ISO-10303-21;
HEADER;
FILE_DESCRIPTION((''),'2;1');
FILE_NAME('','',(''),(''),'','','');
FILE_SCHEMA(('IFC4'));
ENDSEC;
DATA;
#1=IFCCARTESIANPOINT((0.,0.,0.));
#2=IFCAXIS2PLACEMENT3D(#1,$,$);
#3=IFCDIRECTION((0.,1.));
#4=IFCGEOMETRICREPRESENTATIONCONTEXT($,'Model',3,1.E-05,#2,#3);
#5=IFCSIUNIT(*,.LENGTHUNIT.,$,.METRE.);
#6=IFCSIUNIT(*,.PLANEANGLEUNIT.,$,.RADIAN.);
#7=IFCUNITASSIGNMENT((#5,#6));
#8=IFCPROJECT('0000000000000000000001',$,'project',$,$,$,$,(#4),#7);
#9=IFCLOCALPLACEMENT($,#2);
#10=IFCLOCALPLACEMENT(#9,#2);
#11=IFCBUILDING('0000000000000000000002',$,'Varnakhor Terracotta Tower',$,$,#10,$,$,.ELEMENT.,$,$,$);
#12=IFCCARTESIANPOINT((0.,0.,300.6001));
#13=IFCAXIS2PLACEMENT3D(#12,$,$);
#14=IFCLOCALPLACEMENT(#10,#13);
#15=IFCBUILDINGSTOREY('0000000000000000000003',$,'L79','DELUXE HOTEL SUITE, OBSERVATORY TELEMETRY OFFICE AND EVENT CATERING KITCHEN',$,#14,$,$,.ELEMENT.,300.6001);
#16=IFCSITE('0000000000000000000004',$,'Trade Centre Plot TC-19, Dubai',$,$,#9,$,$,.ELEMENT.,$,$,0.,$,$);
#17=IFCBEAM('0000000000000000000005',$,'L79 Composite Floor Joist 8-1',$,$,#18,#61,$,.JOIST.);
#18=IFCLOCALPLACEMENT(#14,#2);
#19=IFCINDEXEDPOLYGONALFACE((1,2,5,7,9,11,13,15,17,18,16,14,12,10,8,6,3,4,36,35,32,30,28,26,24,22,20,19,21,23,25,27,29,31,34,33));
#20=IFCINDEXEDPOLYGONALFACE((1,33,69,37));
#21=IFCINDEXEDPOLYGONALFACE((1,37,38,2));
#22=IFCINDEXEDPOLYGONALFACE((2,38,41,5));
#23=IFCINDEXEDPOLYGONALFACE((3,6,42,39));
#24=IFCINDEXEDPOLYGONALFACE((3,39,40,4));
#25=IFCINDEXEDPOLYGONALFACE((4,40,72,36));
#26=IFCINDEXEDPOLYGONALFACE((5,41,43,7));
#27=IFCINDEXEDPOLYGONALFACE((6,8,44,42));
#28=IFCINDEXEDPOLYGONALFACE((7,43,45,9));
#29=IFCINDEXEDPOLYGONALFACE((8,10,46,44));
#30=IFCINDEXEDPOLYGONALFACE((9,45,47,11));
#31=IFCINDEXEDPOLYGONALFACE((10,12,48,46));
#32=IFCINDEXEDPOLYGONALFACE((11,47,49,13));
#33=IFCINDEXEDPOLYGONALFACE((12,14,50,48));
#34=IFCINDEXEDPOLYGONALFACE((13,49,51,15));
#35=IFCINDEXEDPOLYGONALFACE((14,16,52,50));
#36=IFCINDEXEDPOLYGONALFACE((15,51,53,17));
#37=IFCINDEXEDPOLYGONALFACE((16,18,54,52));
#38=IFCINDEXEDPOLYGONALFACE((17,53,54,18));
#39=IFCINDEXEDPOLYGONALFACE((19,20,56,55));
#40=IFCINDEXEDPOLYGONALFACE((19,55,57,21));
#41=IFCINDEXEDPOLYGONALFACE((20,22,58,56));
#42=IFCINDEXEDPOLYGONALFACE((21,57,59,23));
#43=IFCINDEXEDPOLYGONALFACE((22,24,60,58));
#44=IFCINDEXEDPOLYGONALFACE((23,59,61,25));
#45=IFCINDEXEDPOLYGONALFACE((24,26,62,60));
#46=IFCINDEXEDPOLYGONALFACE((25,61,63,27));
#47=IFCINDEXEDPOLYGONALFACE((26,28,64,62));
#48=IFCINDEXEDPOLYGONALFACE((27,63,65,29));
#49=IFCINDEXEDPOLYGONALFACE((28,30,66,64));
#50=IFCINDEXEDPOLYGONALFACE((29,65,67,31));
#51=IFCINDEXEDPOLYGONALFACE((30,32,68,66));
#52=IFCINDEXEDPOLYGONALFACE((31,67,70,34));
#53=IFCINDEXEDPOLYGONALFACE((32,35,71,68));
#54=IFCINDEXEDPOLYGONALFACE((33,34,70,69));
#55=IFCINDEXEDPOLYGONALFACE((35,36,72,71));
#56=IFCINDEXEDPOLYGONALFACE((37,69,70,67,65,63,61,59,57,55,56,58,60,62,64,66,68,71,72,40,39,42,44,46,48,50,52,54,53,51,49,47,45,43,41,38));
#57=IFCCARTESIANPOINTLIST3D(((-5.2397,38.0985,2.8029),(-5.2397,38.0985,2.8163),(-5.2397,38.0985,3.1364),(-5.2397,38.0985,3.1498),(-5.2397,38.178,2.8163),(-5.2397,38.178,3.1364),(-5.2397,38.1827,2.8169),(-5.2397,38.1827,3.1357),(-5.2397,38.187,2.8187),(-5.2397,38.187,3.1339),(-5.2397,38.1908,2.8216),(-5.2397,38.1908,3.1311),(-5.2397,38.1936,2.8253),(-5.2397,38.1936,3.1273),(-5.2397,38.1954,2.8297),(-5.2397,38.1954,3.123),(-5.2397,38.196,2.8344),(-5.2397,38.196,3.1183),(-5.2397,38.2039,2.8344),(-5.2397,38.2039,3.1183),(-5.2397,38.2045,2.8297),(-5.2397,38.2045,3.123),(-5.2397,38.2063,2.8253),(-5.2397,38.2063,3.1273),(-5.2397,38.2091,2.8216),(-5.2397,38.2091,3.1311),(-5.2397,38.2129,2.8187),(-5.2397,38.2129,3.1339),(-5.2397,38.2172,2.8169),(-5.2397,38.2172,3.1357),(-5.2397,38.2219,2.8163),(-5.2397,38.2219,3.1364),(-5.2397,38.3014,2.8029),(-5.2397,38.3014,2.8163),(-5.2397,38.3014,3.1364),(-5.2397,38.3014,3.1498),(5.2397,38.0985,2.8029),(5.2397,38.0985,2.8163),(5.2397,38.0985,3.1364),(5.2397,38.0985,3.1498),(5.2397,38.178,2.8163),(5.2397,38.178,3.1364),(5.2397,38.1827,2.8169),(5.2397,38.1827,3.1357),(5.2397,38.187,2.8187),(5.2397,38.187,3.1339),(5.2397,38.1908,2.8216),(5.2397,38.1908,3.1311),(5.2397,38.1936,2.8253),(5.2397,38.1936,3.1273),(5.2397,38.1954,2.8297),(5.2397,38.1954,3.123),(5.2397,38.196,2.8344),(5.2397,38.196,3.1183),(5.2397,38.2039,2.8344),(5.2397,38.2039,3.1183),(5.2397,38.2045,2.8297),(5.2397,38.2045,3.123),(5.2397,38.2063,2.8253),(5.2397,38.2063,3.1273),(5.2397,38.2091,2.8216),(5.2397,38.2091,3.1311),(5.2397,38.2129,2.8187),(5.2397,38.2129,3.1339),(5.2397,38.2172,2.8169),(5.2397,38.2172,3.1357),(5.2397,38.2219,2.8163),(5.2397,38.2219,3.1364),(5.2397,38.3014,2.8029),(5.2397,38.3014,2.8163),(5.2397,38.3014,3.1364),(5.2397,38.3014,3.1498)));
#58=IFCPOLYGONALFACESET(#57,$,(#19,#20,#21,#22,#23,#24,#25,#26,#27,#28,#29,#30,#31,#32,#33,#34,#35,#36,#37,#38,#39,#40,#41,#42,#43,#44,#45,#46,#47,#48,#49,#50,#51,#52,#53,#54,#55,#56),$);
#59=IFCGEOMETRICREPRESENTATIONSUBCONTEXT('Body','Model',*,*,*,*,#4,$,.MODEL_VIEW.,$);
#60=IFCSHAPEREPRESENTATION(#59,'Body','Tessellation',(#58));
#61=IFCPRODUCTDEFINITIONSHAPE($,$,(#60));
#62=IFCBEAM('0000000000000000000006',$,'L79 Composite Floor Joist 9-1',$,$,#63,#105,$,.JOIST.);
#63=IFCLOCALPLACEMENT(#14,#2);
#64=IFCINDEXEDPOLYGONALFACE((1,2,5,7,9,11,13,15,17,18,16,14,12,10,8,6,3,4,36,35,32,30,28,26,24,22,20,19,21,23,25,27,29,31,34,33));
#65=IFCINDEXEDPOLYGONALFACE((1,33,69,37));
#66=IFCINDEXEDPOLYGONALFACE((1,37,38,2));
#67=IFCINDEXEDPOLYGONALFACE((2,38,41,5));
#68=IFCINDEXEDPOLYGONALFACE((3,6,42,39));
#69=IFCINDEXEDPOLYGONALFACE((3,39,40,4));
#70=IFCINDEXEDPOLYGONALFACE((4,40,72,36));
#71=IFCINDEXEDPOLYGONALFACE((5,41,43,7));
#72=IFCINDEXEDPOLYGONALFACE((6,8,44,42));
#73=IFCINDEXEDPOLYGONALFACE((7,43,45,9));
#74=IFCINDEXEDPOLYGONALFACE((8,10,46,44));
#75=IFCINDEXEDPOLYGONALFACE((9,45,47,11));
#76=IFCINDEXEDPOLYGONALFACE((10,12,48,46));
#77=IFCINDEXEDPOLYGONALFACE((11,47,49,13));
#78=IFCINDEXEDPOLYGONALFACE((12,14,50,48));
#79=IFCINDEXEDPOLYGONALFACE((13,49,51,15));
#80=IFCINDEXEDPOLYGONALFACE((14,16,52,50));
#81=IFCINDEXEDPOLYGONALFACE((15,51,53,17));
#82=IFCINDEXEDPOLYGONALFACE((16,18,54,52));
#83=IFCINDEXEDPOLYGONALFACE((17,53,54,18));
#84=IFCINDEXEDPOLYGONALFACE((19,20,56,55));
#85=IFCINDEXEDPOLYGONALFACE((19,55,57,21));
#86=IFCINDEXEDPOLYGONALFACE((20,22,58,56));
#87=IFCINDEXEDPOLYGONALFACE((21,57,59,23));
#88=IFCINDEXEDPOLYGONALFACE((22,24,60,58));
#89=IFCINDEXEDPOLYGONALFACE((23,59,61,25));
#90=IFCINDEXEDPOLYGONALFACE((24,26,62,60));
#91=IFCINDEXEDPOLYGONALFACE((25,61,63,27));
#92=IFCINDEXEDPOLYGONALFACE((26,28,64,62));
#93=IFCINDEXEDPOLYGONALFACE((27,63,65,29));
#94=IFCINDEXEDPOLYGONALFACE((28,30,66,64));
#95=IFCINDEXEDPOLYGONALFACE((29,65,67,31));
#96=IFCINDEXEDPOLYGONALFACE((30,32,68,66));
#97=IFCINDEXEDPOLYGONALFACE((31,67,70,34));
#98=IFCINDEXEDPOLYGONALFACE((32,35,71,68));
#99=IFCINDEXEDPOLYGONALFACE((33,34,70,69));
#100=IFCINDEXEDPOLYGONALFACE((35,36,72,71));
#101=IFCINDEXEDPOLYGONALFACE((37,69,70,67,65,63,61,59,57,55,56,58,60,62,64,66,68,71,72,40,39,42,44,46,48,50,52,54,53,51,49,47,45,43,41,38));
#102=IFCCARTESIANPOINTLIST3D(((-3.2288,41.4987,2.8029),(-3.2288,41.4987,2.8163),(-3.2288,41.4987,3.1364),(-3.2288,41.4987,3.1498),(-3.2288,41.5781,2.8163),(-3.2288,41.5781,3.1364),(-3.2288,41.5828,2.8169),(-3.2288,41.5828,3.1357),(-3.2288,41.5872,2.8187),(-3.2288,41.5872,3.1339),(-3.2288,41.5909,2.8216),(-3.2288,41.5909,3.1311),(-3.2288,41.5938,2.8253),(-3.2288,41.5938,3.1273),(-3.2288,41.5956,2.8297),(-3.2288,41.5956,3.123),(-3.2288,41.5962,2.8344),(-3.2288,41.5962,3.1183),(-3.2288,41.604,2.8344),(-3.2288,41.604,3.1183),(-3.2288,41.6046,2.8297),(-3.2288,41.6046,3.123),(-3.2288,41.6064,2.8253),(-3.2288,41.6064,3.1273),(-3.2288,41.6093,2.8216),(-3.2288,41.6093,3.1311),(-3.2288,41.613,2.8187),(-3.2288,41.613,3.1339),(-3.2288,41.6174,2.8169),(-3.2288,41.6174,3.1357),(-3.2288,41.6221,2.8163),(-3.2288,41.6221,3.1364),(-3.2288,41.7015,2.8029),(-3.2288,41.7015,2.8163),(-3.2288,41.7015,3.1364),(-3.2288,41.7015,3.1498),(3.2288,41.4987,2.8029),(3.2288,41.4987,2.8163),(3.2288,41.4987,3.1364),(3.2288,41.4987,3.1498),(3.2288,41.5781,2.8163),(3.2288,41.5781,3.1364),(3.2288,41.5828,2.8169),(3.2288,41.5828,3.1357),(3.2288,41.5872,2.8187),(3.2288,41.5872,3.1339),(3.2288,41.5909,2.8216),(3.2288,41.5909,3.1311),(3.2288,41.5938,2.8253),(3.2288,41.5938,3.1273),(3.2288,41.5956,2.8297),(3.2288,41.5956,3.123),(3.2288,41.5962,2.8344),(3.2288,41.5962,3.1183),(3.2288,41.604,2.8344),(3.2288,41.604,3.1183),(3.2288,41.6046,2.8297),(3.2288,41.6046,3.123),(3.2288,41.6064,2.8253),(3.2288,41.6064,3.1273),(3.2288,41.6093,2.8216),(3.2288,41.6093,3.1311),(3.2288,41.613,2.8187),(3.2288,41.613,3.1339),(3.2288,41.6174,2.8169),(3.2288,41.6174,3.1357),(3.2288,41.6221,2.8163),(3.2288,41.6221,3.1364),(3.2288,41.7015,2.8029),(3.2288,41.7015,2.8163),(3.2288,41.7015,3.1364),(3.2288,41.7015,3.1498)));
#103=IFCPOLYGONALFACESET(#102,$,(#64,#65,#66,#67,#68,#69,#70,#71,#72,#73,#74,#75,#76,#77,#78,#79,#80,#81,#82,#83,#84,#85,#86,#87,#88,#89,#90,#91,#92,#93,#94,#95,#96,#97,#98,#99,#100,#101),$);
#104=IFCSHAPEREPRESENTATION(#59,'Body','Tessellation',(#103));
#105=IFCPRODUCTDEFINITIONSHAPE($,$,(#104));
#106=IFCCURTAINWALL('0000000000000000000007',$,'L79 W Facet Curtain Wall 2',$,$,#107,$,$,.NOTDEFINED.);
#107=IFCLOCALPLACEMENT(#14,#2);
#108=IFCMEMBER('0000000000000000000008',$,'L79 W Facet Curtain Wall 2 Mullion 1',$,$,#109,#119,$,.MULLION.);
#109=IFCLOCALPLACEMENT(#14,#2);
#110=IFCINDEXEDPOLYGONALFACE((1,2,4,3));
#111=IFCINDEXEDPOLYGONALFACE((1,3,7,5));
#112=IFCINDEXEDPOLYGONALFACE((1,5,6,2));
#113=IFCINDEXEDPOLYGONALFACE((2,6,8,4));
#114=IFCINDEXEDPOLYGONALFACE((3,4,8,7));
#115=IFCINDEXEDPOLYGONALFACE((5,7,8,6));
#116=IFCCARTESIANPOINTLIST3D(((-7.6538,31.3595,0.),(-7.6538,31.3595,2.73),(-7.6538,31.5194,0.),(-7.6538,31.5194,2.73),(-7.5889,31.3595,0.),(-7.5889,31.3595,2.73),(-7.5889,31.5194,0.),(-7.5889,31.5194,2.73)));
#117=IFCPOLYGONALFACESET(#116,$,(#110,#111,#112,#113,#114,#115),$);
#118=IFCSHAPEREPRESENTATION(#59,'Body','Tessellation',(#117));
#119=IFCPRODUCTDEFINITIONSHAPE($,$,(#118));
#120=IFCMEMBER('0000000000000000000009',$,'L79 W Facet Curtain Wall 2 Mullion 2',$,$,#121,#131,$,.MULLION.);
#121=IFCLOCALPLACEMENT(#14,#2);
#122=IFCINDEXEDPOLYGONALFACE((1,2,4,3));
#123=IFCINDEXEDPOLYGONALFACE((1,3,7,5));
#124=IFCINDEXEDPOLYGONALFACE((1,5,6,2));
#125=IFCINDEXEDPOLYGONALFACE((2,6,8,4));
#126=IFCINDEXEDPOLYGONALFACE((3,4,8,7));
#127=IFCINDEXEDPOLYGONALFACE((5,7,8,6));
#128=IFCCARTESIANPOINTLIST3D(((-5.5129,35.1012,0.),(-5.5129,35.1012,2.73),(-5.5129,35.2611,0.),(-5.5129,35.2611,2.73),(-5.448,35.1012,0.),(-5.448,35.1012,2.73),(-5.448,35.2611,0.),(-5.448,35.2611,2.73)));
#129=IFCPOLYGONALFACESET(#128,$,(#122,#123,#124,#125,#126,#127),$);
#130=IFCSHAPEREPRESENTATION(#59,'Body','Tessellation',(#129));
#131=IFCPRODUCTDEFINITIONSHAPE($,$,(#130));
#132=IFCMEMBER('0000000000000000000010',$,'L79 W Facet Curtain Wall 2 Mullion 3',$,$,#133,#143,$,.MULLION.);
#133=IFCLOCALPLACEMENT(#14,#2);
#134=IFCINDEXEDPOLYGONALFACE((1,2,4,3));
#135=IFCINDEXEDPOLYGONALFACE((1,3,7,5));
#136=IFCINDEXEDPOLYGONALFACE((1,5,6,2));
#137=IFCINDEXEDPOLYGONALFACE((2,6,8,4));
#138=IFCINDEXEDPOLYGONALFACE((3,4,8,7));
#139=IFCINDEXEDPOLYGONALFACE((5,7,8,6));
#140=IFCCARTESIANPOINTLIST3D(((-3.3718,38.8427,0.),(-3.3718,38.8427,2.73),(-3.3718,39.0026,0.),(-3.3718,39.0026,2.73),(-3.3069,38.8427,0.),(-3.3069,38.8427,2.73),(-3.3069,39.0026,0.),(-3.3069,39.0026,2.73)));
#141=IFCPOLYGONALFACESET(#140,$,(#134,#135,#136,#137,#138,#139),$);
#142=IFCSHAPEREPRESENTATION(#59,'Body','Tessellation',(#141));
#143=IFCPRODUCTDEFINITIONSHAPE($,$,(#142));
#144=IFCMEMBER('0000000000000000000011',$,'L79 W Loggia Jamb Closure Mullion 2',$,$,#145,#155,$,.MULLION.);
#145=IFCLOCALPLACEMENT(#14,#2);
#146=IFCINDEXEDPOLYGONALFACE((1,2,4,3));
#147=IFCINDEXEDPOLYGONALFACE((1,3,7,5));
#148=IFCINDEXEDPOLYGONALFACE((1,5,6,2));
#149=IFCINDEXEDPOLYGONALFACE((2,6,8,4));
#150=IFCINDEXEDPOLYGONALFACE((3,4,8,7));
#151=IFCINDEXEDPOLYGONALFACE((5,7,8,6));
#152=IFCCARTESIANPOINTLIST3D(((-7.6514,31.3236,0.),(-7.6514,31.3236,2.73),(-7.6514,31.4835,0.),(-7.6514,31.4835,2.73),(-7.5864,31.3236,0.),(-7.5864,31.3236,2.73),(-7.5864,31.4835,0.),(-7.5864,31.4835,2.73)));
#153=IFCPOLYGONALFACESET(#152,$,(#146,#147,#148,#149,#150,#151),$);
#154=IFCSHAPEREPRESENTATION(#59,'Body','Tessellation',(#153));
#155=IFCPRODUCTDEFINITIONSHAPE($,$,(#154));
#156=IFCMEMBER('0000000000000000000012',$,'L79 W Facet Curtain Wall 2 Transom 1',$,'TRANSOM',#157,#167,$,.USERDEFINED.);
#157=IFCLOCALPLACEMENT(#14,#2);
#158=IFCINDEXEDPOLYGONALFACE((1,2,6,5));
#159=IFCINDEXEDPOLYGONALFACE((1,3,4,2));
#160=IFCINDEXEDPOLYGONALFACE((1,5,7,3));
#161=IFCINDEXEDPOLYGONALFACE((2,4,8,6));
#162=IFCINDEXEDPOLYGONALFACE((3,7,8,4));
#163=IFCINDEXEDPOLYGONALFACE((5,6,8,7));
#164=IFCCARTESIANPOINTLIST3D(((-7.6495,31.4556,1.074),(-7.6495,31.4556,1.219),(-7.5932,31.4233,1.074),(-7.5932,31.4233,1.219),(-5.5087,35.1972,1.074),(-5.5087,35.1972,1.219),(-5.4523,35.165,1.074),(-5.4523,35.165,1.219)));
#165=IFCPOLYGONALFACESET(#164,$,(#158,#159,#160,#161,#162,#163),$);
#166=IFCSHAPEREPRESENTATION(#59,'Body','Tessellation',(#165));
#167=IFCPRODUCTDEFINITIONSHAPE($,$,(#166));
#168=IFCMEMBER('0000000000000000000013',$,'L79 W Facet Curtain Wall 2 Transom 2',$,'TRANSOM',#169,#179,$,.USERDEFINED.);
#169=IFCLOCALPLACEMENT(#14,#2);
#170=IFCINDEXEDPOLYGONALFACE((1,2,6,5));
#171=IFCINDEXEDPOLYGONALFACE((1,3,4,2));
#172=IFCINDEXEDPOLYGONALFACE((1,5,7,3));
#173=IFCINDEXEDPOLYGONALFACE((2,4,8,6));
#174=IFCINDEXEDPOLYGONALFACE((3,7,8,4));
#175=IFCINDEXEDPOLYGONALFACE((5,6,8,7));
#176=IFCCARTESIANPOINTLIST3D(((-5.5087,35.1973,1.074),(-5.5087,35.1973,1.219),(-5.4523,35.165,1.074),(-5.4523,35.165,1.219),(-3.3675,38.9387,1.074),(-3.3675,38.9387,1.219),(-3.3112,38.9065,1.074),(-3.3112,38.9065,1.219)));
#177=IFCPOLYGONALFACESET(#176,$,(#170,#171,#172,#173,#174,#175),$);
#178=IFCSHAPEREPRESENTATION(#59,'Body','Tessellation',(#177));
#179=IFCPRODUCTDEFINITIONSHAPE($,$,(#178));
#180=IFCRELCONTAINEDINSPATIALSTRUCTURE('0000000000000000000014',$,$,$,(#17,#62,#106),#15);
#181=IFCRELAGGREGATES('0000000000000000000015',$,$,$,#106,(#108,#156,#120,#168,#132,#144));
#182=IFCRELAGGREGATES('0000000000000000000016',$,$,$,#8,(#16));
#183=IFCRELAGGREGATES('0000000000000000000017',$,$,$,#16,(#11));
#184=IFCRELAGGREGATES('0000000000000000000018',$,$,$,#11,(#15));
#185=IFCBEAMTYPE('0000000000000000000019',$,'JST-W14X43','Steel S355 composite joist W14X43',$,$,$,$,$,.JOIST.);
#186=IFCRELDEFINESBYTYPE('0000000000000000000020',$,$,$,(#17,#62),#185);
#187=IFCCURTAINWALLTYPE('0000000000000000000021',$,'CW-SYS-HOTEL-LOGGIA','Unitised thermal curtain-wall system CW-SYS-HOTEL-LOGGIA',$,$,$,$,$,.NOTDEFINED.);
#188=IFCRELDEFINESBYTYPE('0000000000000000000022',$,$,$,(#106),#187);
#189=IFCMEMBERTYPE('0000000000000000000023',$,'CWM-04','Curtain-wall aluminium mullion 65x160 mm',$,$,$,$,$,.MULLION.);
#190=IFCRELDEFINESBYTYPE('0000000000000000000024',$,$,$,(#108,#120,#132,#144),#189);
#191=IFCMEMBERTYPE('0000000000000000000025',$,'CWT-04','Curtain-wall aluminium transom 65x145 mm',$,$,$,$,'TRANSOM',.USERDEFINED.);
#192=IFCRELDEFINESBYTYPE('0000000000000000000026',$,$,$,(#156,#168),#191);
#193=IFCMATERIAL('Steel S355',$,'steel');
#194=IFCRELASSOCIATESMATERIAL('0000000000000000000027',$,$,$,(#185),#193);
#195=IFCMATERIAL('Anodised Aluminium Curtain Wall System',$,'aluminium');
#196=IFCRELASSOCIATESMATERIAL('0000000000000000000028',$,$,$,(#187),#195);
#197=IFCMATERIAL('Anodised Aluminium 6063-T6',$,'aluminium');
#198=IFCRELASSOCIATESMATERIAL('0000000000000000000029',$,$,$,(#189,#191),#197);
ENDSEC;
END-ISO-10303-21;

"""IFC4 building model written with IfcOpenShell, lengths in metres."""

from ifc_helpers import new_model, si_unit, direction, frame, origin, origin_2d, place, context, subcontext, project, spatial, rectangle, i_section, extrude, source, transform, mapped, material, material_profile, profile_set, type_object, element, aggregate, save


model = new_model("IFC4")

# Units and contexts
model_context = context("Model", 3, precision=1e-05, world=origin(), true_north=direction((0.0, 1.0)))
body_context = subcontext(model_context, "Body", "Model", "MODEL_VIEW")
ifc_project = project(units=[si_unit("LENGTHUNIT", "METRE"), si_unit("PLANEANGLEUNIT", "RADIAN")], contexts=[model_context])

# Site, building, storey
site_placement = place(None, origin())
site = spatial("IfcSite", under=ifc_project, at=site_placement, Name="Trade Centre Plot TC-19, Dubai", CompositionType="ELEMENT", RefElevation=0.0)
building_placement = place(site_placement, origin())
building = spatial("IfcBuilding", under=site, at=building_placement, Name="Varnakhor Terracotta Tower", CompositionType="ELEMENT")
storey_placement = place(building_placement, frame((0.0, 0.0, 300.6001)))
storey = spatial("IfcBuildingStorey", under=building, at=storey_placement, Name="L79", Description="DELUXE HOTEL SUITE, OBSERVATORY TELEMETRY OFFICE AND EVENT CATERING KITCHEN", CompositionType="ELEMENT", Elevation=300.6001)

# Shared definitions
ifc_material_1 = material(Name="Steel S355", Category="steel")

# Beams
ifc_material_profile_1 = material_profile(ifc_material_1, i_section(OverallWidth=0.2029, OverallDepth=0.3469, WebThickness=0.0078, FlangeThickness=0.0134, FilletRadius=0.0181, at=origin_2d()), Name="W14X43")
ifc_profile_set_1 = profile_set([ifc_material_profile_1], Name="Steel S355")
beam_type_1 = type_object("IfcBeamType", Name="JST-W14X43", Description="Steel S355 composite joist W14X43", PredefinedType="JOIST", material=ifc_profile_set_1)
shared_shape_1 = source(origin(), body_context, "Body", "SweptSolid", [
    extrude(i_section(OverallWidth=0.2029, OverallDepth=0.3469, WebThickness=0.0078, FlangeThickness=0.0134, FilletRadius=0.0181, at=origin_2d()), origin(), (0.0, 0.0, 1.0), 10.4795),
])
beam_1_placement = place(storey_placement, frame((-5.2397, 38.2, 2.9763), z_axis=(1.0, 0.0, 0.0), x_axis=(0.0, 1.0, 0.0)))
element("IfcBeam", 1, at=beam_1_placement, inside=storey, type_object=beam_type_1, Name="L79 Composite Floor Joist 8-1", PredefinedType="JOIST", context=body_context, shape_type="MappedRepresentation", body=[
    mapped(shared_shape_1, transform((0.0, 0.0, 0.0), scale=1.0)),
])
shared_shape_2 = source(origin(), body_context, "Body", "SweptSolid", [
    extrude(i_section(OverallWidth=0.2029, OverallDepth=0.3469, WebThickness=0.0078, FlangeThickness=0.0134, FilletRadius=0.0181, at=origin_2d()), origin(), (0.0, 0.0, 1.0), 6.4575),
])
beam_2_placement = place(storey_placement, frame((-3.2288, 41.6001, 2.9763), z_axis=(1.0, 0.0, 0.0), x_axis=(0.0, 1.0, 0.0)))
element("IfcBeam", 2, at=beam_2_placement, inside=storey, type_object=beam_type_1, Name="L79 Composite Floor Joist 9-1", PredefinedType="JOIST", context=body_context, shape_type="MappedRepresentation", body=[
    mapped(shared_shape_2, transform((0.0, 0.0, 0.0), scale=1.0)),
])

# Curtain wall, members
ifc_material_2 = material(Name="Anodised Aluminium Curtain Wall System", Category="aluminium")
curtain_wall_type = type_object("IfcCurtainWallType", Name="CW-SYS-HOTEL-LOGGIA", Description="Unitised thermal curtain-wall system CW-SYS-HOTEL-LOGGIA", PredefinedType="NOTDEFINED", material=ifc_material_2)
curtain_wall_placement = place(storey_placement, origin())
curtain_wall = element("IfcCurtainWall", 3, at=curtain_wall_placement, inside=storey, type_object=curtain_wall_type, Name="L79 W Facet Curtain Wall 2", PredefinedType="NOTDEFINED")
ifc_material_3 = material(Name="Anodised Aluminium 6063-T6", Category="aluminium")
ifc_material_profile_2 = material_profile(ifc_material_3, rectangle(XDim=0.0649, YDim=0.1599, at=origin_2d()), Name="ALU MULLION 65x160")
ifc_profile_set_2 = profile_set([ifc_material_profile_2], Name="Anodised Aluminium 6063-T6")
member_type_1 = type_object("IfcMemberType", Name="CWM-04", Description="Curtain-wall aluminium mullion 65x160 mm", PredefinedType="MULLION", material=ifc_profile_set_2)
shared_shape_3 = source(origin(), body_context, "Body", "SweptSolid", [
    extrude(rectangle(XDim=0.0649, YDim=0.1599, at=origin_2d()), origin(), (0.0, 0.0, 1.0), 2.73),
])
member_1_placement = place(storey_placement, frame((-7.6213, 31.4395, 0.0), z_axis=(0.0, 0.0, 1.0), x_axis=(1.0, 0.0, 0.0)))
member_1 = element("IfcMember", 4, at=member_1_placement, type_object=member_type_1, Name="L79 W Facet Curtain Wall 2 Mullion 1", PredefinedType="MULLION", context=body_context, shape_type="MappedRepresentation", body=[
    mapped(shared_shape_3, transform((0.0, 0.0, 0.0), scale=1.0)),
])
member_2_placement = place(storey_placement, frame((-5.4805, 35.1812, 0.0), z_axis=(0.0, 0.0, 1.0), x_axis=(1.0, 0.0, 0.0)))
member_2 = element("IfcMember", 5, at=member_2_placement, type_object=member_type_1, Name="L79 W Facet Curtain Wall 2 Mullion 2", PredefinedType="MULLION", context=body_context, shape_type="MappedRepresentation", body=[
    mapped(shared_shape_3, transform((0.0, 0.0, 0.0), scale=1.0)),
])
member_3_placement = place(storey_placement, frame((-3.3394, 38.9226, 0.0), z_axis=(0.0, 0.0, 1.0), x_axis=(1.0, 0.0, 0.0)))
member_3 = element("IfcMember", 6, at=member_3_placement, type_object=member_type_1, Name="L79 W Facet Curtain Wall 2 Mullion 3", PredefinedType="MULLION", context=body_context, shape_type="MappedRepresentation", body=[
    mapped(shared_shape_3, transform((0.0, 0.0, 0.0), scale=1.0)),
])
member_4_placement = place(storey_placement, frame((-7.6189, 31.4036, 0.0), z_axis=(0.0, 0.0, 1.0), x_axis=(1.0, 0.0, 0.0)))
member_4 = element("IfcMember", 7, at=member_4_placement, type_object=member_type_1, Name="L79 W Loggia Jamb Closure Mullion 2", PredefinedType="MULLION", context=body_context, shape_type="MappedRepresentation", body=[
    mapped(shared_shape_3, transform((0.0, 0.0, 0.0), scale=1.0)),
])
ifc_material_profile_3 = material_profile(ifc_material_3, rectangle(XDim=0.0649, YDim=0.145, at=origin_2d()), Name="ALU TRANSOM 65x145")
ifc_profile_set_3 = profile_set([ifc_material_profile_3], Name="Anodised Aluminium 6063-T6")
member_type_2 = type_object("IfcMemberType", Name="CWT-04", Description="Curtain-wall aluminium transom 65x145 mm", ElementType="TRANSOM", PredefinedType="USERDEFINED", material=ifc_profile_set_3)
shared_shape_4 = source(origin(), body_context, "Body", "SweptSolid", [
    extrude(rectangle(XDim=0.0649, YDim=0.145, at=origin_2d()), origin(), (0.0, 0.0, 1.0), 4.3108),
])
member_5_placement = place(storey_placement, frame((-7.6213, 31.4395, 1.1465), z_axis=(0.496621, 0.867968, 0.0), x_axis=(-0.867968, 0.496621, 0.0)))
member_5 = element("IfcMember", 8, at=member_5_placement, type_object=member_type_2, Name="L79 W Facet Curtain Wall 2 Transom 1", ObjectType="TRANSOM", PredefinedType="USERDEFINED", context=body_context, shape_type="MappedRepresentation", body=[
    mapped(shared_shape_4, transform((0.0, 0.0, 0.0), scale=1.0)),
])
member_6_placement = place(storey_placement, frame((-5.4805, 35.1812, 1.1465), z_axis=(0.496688, 0.867929, 0.0), x_axis=(-0.867929, 0.496688, 0.0)))
member_6 = element("IfcMember", 9, at=member_6_placement, type_object=member_type_2, Name="L79 W Facet Curtain Wall 2 Transom 2", ObjectType="TRANSOM", PredefinedType="USERDEFINED", context=body_context, shape_type="MappedRepresentation", body=[
    mapped(shared_shape_4, transform((0.0, 0.0, 0.0), scale=1.0)),
])
aggregate(curtain_wall, [member_1, member_5, member_2, member_6, member_3, member_4])

save(model, "model.ifc")
